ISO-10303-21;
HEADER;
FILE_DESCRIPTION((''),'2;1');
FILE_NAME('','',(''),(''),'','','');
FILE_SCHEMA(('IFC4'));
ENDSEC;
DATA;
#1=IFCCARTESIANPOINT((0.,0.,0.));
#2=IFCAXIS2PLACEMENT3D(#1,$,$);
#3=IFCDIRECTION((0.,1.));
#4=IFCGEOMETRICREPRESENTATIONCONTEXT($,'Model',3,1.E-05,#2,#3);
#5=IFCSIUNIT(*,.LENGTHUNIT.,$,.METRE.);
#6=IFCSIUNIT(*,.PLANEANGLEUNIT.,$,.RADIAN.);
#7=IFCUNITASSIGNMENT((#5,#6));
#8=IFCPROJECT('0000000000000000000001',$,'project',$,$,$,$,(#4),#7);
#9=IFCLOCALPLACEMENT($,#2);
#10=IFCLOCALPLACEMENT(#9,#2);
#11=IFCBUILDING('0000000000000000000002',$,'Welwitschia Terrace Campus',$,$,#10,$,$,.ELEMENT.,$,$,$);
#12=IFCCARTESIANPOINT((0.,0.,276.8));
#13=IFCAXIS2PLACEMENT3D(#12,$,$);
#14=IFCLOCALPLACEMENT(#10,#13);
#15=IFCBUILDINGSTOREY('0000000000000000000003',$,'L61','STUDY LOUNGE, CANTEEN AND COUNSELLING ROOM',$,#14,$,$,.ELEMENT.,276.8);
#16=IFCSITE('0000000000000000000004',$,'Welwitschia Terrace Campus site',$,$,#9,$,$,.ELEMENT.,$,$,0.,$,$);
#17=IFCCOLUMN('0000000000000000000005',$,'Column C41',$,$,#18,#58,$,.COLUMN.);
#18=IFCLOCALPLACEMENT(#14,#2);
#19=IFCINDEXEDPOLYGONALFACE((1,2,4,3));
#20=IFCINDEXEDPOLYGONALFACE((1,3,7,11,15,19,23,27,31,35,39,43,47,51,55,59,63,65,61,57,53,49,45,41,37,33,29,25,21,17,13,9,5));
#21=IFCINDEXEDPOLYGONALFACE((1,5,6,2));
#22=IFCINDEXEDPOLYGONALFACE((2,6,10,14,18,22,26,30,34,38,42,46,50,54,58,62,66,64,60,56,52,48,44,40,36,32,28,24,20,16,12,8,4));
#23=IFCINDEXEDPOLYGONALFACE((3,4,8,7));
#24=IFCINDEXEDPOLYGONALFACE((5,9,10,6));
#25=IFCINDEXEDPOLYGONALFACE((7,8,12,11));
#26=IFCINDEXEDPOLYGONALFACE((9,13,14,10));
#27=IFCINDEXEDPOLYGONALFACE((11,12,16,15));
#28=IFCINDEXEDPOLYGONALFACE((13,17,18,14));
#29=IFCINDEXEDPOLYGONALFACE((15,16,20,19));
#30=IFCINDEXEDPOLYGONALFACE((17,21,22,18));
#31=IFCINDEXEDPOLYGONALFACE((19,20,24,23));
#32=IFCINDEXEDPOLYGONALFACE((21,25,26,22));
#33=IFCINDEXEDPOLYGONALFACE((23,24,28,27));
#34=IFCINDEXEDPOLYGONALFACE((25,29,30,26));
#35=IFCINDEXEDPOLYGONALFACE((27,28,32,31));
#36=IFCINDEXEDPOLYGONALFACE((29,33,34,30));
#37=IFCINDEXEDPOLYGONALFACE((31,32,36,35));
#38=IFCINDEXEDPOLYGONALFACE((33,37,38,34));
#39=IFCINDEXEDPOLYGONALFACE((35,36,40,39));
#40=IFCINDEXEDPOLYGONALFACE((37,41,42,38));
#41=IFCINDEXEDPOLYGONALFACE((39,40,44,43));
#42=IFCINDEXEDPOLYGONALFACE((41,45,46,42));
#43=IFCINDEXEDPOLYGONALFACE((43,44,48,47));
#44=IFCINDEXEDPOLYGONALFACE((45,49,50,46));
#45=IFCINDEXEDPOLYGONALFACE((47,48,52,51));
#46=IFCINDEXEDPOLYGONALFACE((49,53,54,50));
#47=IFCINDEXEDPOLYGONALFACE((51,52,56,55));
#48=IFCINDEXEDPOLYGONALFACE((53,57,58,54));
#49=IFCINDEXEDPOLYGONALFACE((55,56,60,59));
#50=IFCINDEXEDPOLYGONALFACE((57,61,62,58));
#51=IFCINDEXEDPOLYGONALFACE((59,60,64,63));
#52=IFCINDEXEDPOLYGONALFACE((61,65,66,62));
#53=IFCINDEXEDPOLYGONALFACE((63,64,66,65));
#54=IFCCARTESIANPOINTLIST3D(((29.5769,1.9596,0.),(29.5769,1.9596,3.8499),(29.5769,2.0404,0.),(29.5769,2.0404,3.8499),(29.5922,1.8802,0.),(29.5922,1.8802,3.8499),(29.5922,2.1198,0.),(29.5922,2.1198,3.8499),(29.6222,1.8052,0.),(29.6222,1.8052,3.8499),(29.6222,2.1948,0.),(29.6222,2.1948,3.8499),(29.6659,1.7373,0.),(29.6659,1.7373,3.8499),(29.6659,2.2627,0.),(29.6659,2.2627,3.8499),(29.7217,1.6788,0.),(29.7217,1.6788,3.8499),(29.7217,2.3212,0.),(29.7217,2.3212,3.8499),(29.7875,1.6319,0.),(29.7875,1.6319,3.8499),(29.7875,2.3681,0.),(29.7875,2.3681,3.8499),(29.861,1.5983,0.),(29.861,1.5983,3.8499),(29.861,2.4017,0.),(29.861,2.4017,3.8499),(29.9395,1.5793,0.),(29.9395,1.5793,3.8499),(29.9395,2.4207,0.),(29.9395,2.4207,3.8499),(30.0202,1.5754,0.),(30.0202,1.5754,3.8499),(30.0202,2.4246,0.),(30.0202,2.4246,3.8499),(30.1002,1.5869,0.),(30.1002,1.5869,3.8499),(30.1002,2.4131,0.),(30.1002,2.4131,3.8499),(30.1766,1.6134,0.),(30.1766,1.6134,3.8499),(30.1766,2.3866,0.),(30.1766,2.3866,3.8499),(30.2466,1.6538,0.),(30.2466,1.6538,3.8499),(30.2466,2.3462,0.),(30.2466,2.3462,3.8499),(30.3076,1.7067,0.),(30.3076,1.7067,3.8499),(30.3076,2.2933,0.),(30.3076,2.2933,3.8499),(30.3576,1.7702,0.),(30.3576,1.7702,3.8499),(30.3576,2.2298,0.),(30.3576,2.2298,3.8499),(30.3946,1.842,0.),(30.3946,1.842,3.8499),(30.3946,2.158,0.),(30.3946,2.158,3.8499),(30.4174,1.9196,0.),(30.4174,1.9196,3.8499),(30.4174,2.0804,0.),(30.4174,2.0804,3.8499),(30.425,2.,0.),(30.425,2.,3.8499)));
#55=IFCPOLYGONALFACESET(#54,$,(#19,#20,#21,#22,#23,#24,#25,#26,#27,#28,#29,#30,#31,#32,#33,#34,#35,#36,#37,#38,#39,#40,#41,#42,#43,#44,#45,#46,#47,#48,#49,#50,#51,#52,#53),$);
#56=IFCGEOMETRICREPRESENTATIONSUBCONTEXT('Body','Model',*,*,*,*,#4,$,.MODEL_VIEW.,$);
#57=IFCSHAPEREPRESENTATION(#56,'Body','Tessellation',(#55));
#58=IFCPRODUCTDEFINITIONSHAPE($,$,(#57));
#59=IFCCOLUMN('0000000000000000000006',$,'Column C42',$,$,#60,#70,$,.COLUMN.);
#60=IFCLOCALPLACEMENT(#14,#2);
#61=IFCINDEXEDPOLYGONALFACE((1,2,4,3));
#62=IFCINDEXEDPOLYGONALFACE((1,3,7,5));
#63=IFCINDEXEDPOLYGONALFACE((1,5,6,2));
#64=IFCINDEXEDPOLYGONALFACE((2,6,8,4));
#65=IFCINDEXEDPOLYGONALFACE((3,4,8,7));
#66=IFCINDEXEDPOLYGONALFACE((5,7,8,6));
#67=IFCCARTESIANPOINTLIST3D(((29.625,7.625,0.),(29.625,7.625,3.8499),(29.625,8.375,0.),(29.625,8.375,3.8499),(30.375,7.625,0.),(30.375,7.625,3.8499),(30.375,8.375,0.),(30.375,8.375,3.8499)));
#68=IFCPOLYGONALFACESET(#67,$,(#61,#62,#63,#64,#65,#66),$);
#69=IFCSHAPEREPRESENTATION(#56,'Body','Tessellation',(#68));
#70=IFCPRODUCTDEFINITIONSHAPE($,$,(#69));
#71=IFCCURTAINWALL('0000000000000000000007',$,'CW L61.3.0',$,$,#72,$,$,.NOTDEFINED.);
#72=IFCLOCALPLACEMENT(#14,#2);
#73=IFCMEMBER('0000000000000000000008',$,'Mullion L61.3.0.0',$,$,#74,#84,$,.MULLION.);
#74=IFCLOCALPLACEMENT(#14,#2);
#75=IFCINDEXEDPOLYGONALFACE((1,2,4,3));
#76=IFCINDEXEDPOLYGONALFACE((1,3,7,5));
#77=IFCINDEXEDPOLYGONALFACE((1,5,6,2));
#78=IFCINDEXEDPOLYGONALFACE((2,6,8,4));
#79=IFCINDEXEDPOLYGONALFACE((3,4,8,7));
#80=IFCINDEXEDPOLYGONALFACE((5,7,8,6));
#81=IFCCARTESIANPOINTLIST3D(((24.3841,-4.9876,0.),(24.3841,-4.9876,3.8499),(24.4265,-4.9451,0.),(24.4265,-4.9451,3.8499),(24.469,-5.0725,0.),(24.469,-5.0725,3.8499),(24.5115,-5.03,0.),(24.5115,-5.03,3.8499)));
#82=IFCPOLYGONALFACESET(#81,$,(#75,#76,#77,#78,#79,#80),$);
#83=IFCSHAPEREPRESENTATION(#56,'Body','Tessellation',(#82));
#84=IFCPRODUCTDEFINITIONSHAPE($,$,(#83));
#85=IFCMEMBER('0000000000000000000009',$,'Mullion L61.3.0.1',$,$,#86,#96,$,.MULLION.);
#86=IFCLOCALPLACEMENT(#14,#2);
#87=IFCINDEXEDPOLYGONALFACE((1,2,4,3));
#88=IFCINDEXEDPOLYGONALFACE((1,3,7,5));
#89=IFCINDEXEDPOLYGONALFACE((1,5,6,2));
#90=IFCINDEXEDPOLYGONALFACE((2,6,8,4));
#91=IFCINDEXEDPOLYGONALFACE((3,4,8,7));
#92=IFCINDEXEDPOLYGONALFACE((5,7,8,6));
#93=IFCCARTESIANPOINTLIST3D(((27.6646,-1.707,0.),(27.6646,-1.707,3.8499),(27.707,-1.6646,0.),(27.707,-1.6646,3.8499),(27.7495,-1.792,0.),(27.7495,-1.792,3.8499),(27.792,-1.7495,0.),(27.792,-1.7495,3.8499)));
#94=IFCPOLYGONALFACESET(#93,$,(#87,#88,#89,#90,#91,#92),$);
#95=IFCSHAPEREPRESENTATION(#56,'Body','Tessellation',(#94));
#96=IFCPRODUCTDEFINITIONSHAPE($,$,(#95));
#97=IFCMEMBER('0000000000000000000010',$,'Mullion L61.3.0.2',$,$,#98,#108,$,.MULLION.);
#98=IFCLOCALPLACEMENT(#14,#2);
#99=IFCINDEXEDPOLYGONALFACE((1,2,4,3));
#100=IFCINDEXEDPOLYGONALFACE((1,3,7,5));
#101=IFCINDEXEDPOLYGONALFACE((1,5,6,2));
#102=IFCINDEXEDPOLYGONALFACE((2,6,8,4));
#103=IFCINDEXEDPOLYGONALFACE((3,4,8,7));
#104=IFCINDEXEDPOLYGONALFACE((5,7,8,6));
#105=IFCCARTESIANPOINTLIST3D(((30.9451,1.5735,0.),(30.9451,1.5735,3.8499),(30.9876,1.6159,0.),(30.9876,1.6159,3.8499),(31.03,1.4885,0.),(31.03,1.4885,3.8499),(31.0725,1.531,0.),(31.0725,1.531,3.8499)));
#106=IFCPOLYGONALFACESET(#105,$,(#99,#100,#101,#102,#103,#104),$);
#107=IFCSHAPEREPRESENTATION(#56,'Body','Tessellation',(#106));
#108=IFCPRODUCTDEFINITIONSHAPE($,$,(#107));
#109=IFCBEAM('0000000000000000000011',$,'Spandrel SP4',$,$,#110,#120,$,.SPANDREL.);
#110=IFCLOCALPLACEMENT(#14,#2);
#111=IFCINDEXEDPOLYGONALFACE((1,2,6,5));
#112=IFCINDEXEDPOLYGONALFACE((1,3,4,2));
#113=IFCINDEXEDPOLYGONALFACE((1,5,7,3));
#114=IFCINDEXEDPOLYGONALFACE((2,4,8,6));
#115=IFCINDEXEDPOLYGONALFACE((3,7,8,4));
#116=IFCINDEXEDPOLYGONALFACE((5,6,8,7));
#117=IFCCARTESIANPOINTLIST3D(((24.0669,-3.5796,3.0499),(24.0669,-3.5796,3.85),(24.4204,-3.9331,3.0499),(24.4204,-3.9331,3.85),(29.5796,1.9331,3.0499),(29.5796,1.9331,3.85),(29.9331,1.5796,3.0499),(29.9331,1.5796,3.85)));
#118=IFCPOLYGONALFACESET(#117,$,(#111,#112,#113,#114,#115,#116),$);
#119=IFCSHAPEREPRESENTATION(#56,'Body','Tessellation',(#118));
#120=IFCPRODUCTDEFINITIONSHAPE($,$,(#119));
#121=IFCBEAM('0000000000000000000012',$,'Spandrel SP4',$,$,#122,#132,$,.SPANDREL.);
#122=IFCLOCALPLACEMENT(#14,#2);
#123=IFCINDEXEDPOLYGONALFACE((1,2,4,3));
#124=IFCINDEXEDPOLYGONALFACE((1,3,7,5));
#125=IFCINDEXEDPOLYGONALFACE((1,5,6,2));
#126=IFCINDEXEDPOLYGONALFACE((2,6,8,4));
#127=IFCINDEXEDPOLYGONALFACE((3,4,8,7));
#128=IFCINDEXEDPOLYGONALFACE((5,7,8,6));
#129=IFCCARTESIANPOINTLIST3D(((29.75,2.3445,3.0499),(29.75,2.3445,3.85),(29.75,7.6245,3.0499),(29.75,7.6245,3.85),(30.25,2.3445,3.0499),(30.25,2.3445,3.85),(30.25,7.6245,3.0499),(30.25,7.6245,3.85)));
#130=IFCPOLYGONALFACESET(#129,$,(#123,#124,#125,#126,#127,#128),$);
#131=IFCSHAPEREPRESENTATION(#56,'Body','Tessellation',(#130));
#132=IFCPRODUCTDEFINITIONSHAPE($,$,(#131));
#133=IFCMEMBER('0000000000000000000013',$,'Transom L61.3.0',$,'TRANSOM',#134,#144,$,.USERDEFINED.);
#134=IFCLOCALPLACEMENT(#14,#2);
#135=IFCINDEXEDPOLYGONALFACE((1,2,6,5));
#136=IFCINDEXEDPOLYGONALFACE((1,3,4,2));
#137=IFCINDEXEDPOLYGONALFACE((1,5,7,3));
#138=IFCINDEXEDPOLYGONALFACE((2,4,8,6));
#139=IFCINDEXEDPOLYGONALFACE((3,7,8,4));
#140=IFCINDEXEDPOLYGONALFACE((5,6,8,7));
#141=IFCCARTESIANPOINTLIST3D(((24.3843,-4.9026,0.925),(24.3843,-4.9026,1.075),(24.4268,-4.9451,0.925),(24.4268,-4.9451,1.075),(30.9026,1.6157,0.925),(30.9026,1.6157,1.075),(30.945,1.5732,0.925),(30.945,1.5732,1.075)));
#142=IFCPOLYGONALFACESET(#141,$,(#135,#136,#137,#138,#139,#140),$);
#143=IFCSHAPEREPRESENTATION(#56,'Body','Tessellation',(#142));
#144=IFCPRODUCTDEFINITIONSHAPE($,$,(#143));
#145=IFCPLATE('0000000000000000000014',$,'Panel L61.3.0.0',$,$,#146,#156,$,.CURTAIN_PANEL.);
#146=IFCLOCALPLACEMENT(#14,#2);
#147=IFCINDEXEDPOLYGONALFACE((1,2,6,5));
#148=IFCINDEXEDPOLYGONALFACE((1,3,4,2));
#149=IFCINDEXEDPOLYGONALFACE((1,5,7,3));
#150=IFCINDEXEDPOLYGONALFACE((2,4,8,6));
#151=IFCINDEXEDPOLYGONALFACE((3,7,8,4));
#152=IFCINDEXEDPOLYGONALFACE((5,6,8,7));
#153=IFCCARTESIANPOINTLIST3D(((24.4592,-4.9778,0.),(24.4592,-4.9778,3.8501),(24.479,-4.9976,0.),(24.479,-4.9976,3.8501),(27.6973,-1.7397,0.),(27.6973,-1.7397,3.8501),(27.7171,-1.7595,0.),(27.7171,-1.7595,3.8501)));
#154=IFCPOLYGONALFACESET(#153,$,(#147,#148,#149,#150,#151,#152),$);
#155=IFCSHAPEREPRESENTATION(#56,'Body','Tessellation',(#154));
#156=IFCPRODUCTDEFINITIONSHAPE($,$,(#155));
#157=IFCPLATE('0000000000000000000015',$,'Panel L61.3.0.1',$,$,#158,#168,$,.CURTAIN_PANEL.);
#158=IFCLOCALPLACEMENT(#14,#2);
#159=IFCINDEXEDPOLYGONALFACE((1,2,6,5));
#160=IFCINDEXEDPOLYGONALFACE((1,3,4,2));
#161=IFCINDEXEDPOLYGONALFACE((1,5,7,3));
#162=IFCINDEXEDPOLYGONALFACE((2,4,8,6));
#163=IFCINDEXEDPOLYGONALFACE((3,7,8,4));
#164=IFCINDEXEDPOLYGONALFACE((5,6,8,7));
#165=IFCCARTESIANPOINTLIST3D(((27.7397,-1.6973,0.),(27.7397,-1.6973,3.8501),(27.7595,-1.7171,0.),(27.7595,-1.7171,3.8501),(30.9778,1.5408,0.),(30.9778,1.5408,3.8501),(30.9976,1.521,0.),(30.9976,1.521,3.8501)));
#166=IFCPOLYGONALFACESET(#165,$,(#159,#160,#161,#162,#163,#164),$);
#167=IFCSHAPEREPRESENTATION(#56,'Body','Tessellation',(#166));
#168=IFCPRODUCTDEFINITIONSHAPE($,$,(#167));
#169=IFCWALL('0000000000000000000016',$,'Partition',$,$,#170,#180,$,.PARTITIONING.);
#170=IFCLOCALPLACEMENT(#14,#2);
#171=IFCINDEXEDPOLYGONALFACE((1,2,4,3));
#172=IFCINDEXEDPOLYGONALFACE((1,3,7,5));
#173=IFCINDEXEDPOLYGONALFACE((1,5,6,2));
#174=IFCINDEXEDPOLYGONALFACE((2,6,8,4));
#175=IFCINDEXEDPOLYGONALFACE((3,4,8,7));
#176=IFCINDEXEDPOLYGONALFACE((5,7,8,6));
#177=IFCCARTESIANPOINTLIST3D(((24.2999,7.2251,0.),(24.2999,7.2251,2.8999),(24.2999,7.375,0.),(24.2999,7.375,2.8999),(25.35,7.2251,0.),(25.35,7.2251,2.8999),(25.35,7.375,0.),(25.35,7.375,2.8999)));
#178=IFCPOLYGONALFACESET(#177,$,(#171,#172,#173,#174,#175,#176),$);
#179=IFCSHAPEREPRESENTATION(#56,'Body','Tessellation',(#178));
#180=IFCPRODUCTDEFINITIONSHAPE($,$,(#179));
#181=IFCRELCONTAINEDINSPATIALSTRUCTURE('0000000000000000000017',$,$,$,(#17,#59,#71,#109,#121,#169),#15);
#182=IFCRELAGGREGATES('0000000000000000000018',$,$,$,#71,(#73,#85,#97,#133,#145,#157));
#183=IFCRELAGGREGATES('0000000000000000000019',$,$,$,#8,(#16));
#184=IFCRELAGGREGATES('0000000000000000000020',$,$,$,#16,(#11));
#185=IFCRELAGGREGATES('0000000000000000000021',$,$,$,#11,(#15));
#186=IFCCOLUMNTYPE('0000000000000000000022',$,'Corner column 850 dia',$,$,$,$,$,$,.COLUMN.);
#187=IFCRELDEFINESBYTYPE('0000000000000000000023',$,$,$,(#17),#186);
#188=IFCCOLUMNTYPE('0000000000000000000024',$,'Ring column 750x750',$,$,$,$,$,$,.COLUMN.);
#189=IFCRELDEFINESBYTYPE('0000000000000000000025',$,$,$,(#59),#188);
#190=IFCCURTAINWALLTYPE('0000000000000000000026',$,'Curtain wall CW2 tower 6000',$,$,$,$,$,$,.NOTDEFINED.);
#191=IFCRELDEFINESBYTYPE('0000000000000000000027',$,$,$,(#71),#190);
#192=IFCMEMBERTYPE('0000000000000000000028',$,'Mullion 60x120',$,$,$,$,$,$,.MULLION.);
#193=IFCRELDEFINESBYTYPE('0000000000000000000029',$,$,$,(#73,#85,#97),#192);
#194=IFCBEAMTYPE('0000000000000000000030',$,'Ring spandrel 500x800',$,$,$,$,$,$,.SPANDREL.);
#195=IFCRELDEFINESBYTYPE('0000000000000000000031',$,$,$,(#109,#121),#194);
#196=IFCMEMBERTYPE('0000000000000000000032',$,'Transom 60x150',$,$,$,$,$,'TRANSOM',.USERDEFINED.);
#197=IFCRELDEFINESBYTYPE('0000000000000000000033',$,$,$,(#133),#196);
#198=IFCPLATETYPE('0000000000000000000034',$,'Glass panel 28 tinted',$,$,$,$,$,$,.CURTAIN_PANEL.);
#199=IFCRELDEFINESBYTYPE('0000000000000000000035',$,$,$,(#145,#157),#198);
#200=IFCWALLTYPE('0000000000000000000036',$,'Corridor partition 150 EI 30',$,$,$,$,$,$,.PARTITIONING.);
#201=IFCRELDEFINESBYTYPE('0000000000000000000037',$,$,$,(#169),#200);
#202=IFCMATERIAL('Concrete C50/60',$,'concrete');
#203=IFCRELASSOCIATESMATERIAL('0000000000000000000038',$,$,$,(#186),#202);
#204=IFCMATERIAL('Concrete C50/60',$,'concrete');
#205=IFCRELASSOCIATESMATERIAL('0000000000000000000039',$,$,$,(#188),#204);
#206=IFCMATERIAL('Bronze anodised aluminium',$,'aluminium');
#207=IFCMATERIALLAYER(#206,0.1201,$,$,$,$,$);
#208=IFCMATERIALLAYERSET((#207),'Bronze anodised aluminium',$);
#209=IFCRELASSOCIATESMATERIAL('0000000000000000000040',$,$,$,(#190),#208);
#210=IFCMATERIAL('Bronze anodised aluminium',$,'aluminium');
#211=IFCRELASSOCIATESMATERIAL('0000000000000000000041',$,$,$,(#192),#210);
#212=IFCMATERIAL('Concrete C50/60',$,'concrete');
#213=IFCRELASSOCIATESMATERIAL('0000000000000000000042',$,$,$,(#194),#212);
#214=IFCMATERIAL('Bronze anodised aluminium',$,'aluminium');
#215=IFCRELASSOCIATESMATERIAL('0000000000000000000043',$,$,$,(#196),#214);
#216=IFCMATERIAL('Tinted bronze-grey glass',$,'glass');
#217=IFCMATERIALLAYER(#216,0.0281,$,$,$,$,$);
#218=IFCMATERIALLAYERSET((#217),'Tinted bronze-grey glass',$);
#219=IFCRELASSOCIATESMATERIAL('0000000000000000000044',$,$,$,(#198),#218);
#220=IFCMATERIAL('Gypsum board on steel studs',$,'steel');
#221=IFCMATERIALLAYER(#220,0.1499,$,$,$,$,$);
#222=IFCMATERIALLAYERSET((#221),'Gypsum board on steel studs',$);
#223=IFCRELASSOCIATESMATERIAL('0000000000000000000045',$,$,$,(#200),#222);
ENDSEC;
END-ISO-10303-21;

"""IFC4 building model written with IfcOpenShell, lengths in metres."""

from ifc_helpers import new_model, si_unit, direction, frame, frame_2d, origin, origin_2d, place, context, subcontext, project, spatial, rectangle, circle, extrude, material, layer, layer_set, material_profile, profile_set, type_object, element, aggregate, save


model = new_model("IFC4")

# Units and contexts
model_context = context("Model", 3, precision=1e-05, world=origin(), true_north=direction((0.0, 1.0)))
body_context = subcontext(model_context, "Body", "Model", "MODEL_VIEW")
ifc_project = project(units=[si_unit("LENGTHUNIT", "METRE"), si_unit("PLANEANGLEUNIT", "RADIAN")], contexts=[model_context])

# Site, building, storey
site_placement = place(None, origin())
site = spatial("IfcSite", under=ifc_project, at=site_placement, Name="Welwitschia Terrace Campus site", CompositionType="ELEMENT", RefElevation=0.0)
building_placement = place(site_placement, origin())
building = spatial("IfcBuilding", under=site, at=building_placement, Name="Welwitschia Terrace Campus", CompositionType="ELEMENT")
storey_placement = place(building_placement, frame((0.0, 0.0, 276.8)))
storey = spatial("IfcBuildingStorey", under=building, at=storey_placement, Name="L61", Description="STUDY LOUNGE, CANTEEN AND COUNSELLING ROOM", CompositionType="ELEMENT", Elevation=276.8)

# Columns
ifc_material_1 = material(Name="Concrete C50/60", Category="concrete")
ifc_material_profile_1 = material_profile(ifc_material_1, circle(Radius=0.425, at=origin_2d()))
ifc_profile_set_1 = profile_set([ifc_material_profile_1], Name="Concrete C50/60")
column_type_1 = type_object("IfcColumnType", Name="Corner column 850 dia", PredefinedType="COLUMN", material=ifc_profile_set_1)
column_1_placement = place(storey_placement, frame((30.0, 2.0, 0.0), z_axis=(0.0, 0.0, 1.0), x_axis=(1.0, 0.0, 0.0)))
element("IfcColumn", 1, at=column_1_placement, inside=storey, type_object=column_type_1, Name="Column C41", PredefinedType="COLUMN", context=body_context, shape_type="SweptSolid", body=[
    extrude(circle(Radius=0.425, at=origin_2d()), origin(), (0.0, 0.0, 1.0), 3.8499),
])
ifc_material_2 = material(Name="Concrete C50/60", Category="concrete")
ifc_material_profile_2 = material_profile(ifc_material_2, rectangle(XDim=0.75, YDim=0.75, at=origin_2d()))
ifc_profile_set_2 = profile_set([ifc_material_profile_2], Name="Concrete C50/60")
column_type_2 = type_object("IfcColumnType", Name="Ring column 750x750", PredefinedType="COLUMN", material=ifc_profile_set_2)
column_2_placement = place(storey_placement, frame((30.0, 8.0, 0.0), z_axis=(0.0, 0.0, 1.0), x_axis=(1.0, 0.0, 0.0)))
element("IfcColumn", 2, at=column_2_placement, inside=storey, type_object=column_type_2, Name="Column C42", PredefinedType="COLUMN", context=body_context, shape_type="SweptSolid", body=[
    extrude(rectangle(XDim=0.75, YDim=0.75, at=origin_2d()), origin(), (0.0, 0.0, 1.0), 3.8499),
])

# Curtain wall, members
ifc_material_3 = material(Name="Bronze anodised aluminium", Category="aluminium")
ifc_layer_1 = layer(ifc_material_3, 0.1201)
ifc_layer_set_1 = layer_set([ifc_layer_1], Name="Bronze anodised aluminium")
curtain_wall_type = type_object("IfcCurtainWallType", Name="Curtain wall CW2 tower 6000", PredefinedType="NOTDEFINED", material=ifc_layer_set_1)
curtain_wall_placement = place(storey_placement, origin())
curtain_wall = element("IfcCurtainWall", 3, at=curtain_wall_placement, inside=storey, type_object=curtain_wall_type, Name="CW L61.3.0", PredefinedType="NOTDEFINED")
ifc_material_4 = material(Name="Bronze anodised aluminium", Category="aluminium")
ifc_material_profile_3 = material_profile(ifc_material_4, rectangle(XDim=0.1201, YDim=0.0601, at=origin_2d()))
ifc_profile_set_3 = profile_set([ifc_material_profile_3], Name="Bronze anodised aluminium")
member_type_1 = type_object("IfcMemberType", Name="Mullion 60x120", PredefinedType="MULLION", material=ifc_profile_set_3)
member_1_placement = place(storey_placement, frame((24.4478, -5.0088, 0.0), z_axis=(0.0, 0.0, 1.0), x_axis=(-0.707107, 0.707107, 0.0)))
member_1 = element("IfcMember", 4, at=member_1_placement, type_object=member_type_1, Name="Mullion L61.3.0.0", PredefinedType="MULLION", context=body_context, shape_type="SweptSolid", body=[
    extrude(rectangle(XDim=0.1201, YDim=0.0601, at=origin_2d()), origin(), (0.0, 0.0, 1.0), 3.8499),
])
member_2_placement = place(storey_placement, frame((27.7283, -1.7283, 0.0), z_axis=(0.0, 0.0, 1.0), x_axis=(-0.707107, 0.707107, 0.0)))
member_2 = element("IfcMember", 5, at=member_2_placement, type_object=member_type_1, Name="Mullion L61.3.0.1", PredefinedType="MULLION", context=body_context, shape_type="SweptSolid", body=[
    extrude(rectangle(XDim=0.1201, YDim=0.0601, at=origin_2d()), origin(), (0.0, 0.0, 1.0), 3.8499),
])
member_3_placement = place(storey_placement, frame((31.0088, 1.5522, 0.0), z_axis=(0.0, 0.0, 1.0), x_axis=(-0.707107, 0.707107, 0.0)))
member_3 = element("IfcMember", 6, at=member_3_placement, type_object=member_type_1, Name="Mullion L61.3.0.2", PredefinedType="MULLION", context=body_context, shape_type="SweptSolid", body=[
    extrude(rectangle(XDim=0.1201, YDim=0.0601, at=origin_2d()), origin(), (0.0, 0.0, 1.0), 3.8499),
])

# Beams
ifc_material_5 = material(Name="Concrete C50/60", Category="concrete")
ifc_material_profile_4 = material_profile(ifc_material_5, rectangle(XDim=0.5, YDim=0.8, at=origin_2d()))
ifc_profile_set_4 = profile_set([ifc_material_profile_4], Name="Concrete C50/60")
beam_type = type_object("IfcBeamType", Name="Ring spandrel 500x800", PredefinedType="SPANDREL", material=ifc_profile_set_4)
beam_1_placement = place(storey_placement, frame((24.2437, -3.7563, 3.45), z_axis=(0.707107, 0.707107, 0.0), x_axis=(-0.707107, 0.707107, 0.0)))
element("IfcBeam", 7, at=beam_1_placement, inside=storey, type_object=beam_type, Name="Spandrel SP4", PredefinedType="SPANDREL", context=body_context, shape_type="SweptSolid", body=[
    extrude(rectangle(XDim=0.5, YDim=0.8, at=origin_2d()), origin(), (0.0, 0.0, 1.0), 7.7961),
])
beam_2_placement = place(storey_placement, frame((30.0, 2.3445, 3.45), z_axis=(0.0, 1.0, 0.0), x_axis=(-1.0, 0.0, 0.0)))
element("IfcBeam", 8, at=beam_2_placement, inside=storey, type_object=beam_type, Name="Spandrel SP4", PredefinedType="SPANDREL", context=body_context, shape_type="SweptSolid", body=[
    extrude(rectangle(XDim=0.5, YDim=0.8, at=origin_2d()), origin(), (0.0, 0.0, 1.0), 5.28),
])

# Member
ifc_material_6 = material(Name="Bronze anodised aluminium", Category="aluminium")
ifc_material_profile_5 = material_profile(ifc_material_6, rectangle(XDim=0.0601, YDim=0.1499, at=origin_2d()))
ifc_profile_set_5 = profile_set([ifc_material_profile_5], Name="Bronze anodised aluminium")
member_type_2 = type_object("IfcMemberType", Name="Transom 60x150", ElementType="TRANSOM", PredefinedType="USERDEFINED", material=ifc_profile_set_5)
member_4_placement = place(storey_placement, frame((24.4055, -4.9238, 1.0), z_axis=(0.707107, 0.707107, 0.0), x_axis=(-0.707107, 0.707107, 0.0)))
member_4 = element("IfcMember", 9, at=member_4_placement, type_object=member_type_2, Name="Transom L61.3.0", ObjectType="TRANSOM", PredefinedType="USERDEFINED", context=body_context, shape_type="SweptSolid", body=[
    extrude(rectangle(XDim=0.0601, YDim=0.1499, at=origin_2d()), origin(), (0.0, 0.0, 1.0), 9.2183),
])

# Plates
ifc_material_7 = material(Name="Tinted bronze-grey glass", Category="glass")
ifc_layer_2 = layer(ifc_material_7, 0.0281)
ifc_layer_set_2 = layer_set([ifc_layer_2], Name="Tinted bronze-grey glass")
plate_type = type_object("IfcPlateType", Name="Glass panel 28 tinted", PredefinedType="CURTAIN_PANEL", material=ifc_layer_set_2)
plate_1_placement = place(storey_placement, frame((26.0881, -3.3687, 0.0), z_axis=(0.0, 0.0, 1.0), x_axis=(0.707107, 0.707107, 0.0)))
plate_1 = element("IfcPlate", 10, at=plate_1_placement, type_object=plate_type, Name="Panel L61.3.0.0", PredefinedType="CURTAIN_PANEL", context=body_context, shape_type="SweptSolid", body=[
    extrude(rectangle(XDim=4.5793, YDim=0.0281, at=origin_2d()), origin(), (0.0, 0.0, 1.0), 3.8501),
])
plate_2_placement = place(storey_placement, frame((29.3687, -0.0881, 0.0), z_axis=(0.0, 0.0, 1.0), x_axis=(0.707107, 0.707107, 0.0)))
plate_2 = element("IfcPlate", 11, at=plate_2_placement, type_object=plate_type, Name="Panel L61.3.0.1", PredefinedType="CURTAIN_PANEL", context=body_context, shape_type="SweptSolid", body=[
    extrude(rectangle(XDim=4.5793, YDim=0.0281, at=origin_2d()), origin(), (0.0, 0.0, 1.0), 3.8501),
])
aggregate(curtain_wall, [member_1, member_2, member_3, member_4, plate_1, plate_2])

# Wall
ifc_material_8 = material(Name="Gypsum board on steel studs", Category="steel")
ifc_layer_3 = layer(ifc_material_8, 0.1499)
ifc_layer_set_3 = layer_set([ifc_layer_3], Name="Gypsum board on steel studs")
wall_type_1 = type_object("IfcWallType", Name="Corridor partition 150 EI 30", PredefinedType="PARTITIONING", material=ifc_layer_set_3)
wall_1_placement = place(storey_placement, frame((24.3, 7.3, 0.0), z_axis=(0.0, 0.0, 1.0), x_axis=(1.0, 0.0, 0.0)))
element("IfcWall", 12, at=wall_1_placement, inside=storey, type_object=wall_type_1, Name="Partition", PredefinedType="PARTITIONING", context=body_context, shape_type="SweptSolid", body=[
    extrude(rectangle(XDim=1.05, YDim=0.1499, at=frame_2d((0.5249, 0.0))), origin(), (0.0, 0.0, 1.0), 2.8999),
])

save(model, "model.ifc")
